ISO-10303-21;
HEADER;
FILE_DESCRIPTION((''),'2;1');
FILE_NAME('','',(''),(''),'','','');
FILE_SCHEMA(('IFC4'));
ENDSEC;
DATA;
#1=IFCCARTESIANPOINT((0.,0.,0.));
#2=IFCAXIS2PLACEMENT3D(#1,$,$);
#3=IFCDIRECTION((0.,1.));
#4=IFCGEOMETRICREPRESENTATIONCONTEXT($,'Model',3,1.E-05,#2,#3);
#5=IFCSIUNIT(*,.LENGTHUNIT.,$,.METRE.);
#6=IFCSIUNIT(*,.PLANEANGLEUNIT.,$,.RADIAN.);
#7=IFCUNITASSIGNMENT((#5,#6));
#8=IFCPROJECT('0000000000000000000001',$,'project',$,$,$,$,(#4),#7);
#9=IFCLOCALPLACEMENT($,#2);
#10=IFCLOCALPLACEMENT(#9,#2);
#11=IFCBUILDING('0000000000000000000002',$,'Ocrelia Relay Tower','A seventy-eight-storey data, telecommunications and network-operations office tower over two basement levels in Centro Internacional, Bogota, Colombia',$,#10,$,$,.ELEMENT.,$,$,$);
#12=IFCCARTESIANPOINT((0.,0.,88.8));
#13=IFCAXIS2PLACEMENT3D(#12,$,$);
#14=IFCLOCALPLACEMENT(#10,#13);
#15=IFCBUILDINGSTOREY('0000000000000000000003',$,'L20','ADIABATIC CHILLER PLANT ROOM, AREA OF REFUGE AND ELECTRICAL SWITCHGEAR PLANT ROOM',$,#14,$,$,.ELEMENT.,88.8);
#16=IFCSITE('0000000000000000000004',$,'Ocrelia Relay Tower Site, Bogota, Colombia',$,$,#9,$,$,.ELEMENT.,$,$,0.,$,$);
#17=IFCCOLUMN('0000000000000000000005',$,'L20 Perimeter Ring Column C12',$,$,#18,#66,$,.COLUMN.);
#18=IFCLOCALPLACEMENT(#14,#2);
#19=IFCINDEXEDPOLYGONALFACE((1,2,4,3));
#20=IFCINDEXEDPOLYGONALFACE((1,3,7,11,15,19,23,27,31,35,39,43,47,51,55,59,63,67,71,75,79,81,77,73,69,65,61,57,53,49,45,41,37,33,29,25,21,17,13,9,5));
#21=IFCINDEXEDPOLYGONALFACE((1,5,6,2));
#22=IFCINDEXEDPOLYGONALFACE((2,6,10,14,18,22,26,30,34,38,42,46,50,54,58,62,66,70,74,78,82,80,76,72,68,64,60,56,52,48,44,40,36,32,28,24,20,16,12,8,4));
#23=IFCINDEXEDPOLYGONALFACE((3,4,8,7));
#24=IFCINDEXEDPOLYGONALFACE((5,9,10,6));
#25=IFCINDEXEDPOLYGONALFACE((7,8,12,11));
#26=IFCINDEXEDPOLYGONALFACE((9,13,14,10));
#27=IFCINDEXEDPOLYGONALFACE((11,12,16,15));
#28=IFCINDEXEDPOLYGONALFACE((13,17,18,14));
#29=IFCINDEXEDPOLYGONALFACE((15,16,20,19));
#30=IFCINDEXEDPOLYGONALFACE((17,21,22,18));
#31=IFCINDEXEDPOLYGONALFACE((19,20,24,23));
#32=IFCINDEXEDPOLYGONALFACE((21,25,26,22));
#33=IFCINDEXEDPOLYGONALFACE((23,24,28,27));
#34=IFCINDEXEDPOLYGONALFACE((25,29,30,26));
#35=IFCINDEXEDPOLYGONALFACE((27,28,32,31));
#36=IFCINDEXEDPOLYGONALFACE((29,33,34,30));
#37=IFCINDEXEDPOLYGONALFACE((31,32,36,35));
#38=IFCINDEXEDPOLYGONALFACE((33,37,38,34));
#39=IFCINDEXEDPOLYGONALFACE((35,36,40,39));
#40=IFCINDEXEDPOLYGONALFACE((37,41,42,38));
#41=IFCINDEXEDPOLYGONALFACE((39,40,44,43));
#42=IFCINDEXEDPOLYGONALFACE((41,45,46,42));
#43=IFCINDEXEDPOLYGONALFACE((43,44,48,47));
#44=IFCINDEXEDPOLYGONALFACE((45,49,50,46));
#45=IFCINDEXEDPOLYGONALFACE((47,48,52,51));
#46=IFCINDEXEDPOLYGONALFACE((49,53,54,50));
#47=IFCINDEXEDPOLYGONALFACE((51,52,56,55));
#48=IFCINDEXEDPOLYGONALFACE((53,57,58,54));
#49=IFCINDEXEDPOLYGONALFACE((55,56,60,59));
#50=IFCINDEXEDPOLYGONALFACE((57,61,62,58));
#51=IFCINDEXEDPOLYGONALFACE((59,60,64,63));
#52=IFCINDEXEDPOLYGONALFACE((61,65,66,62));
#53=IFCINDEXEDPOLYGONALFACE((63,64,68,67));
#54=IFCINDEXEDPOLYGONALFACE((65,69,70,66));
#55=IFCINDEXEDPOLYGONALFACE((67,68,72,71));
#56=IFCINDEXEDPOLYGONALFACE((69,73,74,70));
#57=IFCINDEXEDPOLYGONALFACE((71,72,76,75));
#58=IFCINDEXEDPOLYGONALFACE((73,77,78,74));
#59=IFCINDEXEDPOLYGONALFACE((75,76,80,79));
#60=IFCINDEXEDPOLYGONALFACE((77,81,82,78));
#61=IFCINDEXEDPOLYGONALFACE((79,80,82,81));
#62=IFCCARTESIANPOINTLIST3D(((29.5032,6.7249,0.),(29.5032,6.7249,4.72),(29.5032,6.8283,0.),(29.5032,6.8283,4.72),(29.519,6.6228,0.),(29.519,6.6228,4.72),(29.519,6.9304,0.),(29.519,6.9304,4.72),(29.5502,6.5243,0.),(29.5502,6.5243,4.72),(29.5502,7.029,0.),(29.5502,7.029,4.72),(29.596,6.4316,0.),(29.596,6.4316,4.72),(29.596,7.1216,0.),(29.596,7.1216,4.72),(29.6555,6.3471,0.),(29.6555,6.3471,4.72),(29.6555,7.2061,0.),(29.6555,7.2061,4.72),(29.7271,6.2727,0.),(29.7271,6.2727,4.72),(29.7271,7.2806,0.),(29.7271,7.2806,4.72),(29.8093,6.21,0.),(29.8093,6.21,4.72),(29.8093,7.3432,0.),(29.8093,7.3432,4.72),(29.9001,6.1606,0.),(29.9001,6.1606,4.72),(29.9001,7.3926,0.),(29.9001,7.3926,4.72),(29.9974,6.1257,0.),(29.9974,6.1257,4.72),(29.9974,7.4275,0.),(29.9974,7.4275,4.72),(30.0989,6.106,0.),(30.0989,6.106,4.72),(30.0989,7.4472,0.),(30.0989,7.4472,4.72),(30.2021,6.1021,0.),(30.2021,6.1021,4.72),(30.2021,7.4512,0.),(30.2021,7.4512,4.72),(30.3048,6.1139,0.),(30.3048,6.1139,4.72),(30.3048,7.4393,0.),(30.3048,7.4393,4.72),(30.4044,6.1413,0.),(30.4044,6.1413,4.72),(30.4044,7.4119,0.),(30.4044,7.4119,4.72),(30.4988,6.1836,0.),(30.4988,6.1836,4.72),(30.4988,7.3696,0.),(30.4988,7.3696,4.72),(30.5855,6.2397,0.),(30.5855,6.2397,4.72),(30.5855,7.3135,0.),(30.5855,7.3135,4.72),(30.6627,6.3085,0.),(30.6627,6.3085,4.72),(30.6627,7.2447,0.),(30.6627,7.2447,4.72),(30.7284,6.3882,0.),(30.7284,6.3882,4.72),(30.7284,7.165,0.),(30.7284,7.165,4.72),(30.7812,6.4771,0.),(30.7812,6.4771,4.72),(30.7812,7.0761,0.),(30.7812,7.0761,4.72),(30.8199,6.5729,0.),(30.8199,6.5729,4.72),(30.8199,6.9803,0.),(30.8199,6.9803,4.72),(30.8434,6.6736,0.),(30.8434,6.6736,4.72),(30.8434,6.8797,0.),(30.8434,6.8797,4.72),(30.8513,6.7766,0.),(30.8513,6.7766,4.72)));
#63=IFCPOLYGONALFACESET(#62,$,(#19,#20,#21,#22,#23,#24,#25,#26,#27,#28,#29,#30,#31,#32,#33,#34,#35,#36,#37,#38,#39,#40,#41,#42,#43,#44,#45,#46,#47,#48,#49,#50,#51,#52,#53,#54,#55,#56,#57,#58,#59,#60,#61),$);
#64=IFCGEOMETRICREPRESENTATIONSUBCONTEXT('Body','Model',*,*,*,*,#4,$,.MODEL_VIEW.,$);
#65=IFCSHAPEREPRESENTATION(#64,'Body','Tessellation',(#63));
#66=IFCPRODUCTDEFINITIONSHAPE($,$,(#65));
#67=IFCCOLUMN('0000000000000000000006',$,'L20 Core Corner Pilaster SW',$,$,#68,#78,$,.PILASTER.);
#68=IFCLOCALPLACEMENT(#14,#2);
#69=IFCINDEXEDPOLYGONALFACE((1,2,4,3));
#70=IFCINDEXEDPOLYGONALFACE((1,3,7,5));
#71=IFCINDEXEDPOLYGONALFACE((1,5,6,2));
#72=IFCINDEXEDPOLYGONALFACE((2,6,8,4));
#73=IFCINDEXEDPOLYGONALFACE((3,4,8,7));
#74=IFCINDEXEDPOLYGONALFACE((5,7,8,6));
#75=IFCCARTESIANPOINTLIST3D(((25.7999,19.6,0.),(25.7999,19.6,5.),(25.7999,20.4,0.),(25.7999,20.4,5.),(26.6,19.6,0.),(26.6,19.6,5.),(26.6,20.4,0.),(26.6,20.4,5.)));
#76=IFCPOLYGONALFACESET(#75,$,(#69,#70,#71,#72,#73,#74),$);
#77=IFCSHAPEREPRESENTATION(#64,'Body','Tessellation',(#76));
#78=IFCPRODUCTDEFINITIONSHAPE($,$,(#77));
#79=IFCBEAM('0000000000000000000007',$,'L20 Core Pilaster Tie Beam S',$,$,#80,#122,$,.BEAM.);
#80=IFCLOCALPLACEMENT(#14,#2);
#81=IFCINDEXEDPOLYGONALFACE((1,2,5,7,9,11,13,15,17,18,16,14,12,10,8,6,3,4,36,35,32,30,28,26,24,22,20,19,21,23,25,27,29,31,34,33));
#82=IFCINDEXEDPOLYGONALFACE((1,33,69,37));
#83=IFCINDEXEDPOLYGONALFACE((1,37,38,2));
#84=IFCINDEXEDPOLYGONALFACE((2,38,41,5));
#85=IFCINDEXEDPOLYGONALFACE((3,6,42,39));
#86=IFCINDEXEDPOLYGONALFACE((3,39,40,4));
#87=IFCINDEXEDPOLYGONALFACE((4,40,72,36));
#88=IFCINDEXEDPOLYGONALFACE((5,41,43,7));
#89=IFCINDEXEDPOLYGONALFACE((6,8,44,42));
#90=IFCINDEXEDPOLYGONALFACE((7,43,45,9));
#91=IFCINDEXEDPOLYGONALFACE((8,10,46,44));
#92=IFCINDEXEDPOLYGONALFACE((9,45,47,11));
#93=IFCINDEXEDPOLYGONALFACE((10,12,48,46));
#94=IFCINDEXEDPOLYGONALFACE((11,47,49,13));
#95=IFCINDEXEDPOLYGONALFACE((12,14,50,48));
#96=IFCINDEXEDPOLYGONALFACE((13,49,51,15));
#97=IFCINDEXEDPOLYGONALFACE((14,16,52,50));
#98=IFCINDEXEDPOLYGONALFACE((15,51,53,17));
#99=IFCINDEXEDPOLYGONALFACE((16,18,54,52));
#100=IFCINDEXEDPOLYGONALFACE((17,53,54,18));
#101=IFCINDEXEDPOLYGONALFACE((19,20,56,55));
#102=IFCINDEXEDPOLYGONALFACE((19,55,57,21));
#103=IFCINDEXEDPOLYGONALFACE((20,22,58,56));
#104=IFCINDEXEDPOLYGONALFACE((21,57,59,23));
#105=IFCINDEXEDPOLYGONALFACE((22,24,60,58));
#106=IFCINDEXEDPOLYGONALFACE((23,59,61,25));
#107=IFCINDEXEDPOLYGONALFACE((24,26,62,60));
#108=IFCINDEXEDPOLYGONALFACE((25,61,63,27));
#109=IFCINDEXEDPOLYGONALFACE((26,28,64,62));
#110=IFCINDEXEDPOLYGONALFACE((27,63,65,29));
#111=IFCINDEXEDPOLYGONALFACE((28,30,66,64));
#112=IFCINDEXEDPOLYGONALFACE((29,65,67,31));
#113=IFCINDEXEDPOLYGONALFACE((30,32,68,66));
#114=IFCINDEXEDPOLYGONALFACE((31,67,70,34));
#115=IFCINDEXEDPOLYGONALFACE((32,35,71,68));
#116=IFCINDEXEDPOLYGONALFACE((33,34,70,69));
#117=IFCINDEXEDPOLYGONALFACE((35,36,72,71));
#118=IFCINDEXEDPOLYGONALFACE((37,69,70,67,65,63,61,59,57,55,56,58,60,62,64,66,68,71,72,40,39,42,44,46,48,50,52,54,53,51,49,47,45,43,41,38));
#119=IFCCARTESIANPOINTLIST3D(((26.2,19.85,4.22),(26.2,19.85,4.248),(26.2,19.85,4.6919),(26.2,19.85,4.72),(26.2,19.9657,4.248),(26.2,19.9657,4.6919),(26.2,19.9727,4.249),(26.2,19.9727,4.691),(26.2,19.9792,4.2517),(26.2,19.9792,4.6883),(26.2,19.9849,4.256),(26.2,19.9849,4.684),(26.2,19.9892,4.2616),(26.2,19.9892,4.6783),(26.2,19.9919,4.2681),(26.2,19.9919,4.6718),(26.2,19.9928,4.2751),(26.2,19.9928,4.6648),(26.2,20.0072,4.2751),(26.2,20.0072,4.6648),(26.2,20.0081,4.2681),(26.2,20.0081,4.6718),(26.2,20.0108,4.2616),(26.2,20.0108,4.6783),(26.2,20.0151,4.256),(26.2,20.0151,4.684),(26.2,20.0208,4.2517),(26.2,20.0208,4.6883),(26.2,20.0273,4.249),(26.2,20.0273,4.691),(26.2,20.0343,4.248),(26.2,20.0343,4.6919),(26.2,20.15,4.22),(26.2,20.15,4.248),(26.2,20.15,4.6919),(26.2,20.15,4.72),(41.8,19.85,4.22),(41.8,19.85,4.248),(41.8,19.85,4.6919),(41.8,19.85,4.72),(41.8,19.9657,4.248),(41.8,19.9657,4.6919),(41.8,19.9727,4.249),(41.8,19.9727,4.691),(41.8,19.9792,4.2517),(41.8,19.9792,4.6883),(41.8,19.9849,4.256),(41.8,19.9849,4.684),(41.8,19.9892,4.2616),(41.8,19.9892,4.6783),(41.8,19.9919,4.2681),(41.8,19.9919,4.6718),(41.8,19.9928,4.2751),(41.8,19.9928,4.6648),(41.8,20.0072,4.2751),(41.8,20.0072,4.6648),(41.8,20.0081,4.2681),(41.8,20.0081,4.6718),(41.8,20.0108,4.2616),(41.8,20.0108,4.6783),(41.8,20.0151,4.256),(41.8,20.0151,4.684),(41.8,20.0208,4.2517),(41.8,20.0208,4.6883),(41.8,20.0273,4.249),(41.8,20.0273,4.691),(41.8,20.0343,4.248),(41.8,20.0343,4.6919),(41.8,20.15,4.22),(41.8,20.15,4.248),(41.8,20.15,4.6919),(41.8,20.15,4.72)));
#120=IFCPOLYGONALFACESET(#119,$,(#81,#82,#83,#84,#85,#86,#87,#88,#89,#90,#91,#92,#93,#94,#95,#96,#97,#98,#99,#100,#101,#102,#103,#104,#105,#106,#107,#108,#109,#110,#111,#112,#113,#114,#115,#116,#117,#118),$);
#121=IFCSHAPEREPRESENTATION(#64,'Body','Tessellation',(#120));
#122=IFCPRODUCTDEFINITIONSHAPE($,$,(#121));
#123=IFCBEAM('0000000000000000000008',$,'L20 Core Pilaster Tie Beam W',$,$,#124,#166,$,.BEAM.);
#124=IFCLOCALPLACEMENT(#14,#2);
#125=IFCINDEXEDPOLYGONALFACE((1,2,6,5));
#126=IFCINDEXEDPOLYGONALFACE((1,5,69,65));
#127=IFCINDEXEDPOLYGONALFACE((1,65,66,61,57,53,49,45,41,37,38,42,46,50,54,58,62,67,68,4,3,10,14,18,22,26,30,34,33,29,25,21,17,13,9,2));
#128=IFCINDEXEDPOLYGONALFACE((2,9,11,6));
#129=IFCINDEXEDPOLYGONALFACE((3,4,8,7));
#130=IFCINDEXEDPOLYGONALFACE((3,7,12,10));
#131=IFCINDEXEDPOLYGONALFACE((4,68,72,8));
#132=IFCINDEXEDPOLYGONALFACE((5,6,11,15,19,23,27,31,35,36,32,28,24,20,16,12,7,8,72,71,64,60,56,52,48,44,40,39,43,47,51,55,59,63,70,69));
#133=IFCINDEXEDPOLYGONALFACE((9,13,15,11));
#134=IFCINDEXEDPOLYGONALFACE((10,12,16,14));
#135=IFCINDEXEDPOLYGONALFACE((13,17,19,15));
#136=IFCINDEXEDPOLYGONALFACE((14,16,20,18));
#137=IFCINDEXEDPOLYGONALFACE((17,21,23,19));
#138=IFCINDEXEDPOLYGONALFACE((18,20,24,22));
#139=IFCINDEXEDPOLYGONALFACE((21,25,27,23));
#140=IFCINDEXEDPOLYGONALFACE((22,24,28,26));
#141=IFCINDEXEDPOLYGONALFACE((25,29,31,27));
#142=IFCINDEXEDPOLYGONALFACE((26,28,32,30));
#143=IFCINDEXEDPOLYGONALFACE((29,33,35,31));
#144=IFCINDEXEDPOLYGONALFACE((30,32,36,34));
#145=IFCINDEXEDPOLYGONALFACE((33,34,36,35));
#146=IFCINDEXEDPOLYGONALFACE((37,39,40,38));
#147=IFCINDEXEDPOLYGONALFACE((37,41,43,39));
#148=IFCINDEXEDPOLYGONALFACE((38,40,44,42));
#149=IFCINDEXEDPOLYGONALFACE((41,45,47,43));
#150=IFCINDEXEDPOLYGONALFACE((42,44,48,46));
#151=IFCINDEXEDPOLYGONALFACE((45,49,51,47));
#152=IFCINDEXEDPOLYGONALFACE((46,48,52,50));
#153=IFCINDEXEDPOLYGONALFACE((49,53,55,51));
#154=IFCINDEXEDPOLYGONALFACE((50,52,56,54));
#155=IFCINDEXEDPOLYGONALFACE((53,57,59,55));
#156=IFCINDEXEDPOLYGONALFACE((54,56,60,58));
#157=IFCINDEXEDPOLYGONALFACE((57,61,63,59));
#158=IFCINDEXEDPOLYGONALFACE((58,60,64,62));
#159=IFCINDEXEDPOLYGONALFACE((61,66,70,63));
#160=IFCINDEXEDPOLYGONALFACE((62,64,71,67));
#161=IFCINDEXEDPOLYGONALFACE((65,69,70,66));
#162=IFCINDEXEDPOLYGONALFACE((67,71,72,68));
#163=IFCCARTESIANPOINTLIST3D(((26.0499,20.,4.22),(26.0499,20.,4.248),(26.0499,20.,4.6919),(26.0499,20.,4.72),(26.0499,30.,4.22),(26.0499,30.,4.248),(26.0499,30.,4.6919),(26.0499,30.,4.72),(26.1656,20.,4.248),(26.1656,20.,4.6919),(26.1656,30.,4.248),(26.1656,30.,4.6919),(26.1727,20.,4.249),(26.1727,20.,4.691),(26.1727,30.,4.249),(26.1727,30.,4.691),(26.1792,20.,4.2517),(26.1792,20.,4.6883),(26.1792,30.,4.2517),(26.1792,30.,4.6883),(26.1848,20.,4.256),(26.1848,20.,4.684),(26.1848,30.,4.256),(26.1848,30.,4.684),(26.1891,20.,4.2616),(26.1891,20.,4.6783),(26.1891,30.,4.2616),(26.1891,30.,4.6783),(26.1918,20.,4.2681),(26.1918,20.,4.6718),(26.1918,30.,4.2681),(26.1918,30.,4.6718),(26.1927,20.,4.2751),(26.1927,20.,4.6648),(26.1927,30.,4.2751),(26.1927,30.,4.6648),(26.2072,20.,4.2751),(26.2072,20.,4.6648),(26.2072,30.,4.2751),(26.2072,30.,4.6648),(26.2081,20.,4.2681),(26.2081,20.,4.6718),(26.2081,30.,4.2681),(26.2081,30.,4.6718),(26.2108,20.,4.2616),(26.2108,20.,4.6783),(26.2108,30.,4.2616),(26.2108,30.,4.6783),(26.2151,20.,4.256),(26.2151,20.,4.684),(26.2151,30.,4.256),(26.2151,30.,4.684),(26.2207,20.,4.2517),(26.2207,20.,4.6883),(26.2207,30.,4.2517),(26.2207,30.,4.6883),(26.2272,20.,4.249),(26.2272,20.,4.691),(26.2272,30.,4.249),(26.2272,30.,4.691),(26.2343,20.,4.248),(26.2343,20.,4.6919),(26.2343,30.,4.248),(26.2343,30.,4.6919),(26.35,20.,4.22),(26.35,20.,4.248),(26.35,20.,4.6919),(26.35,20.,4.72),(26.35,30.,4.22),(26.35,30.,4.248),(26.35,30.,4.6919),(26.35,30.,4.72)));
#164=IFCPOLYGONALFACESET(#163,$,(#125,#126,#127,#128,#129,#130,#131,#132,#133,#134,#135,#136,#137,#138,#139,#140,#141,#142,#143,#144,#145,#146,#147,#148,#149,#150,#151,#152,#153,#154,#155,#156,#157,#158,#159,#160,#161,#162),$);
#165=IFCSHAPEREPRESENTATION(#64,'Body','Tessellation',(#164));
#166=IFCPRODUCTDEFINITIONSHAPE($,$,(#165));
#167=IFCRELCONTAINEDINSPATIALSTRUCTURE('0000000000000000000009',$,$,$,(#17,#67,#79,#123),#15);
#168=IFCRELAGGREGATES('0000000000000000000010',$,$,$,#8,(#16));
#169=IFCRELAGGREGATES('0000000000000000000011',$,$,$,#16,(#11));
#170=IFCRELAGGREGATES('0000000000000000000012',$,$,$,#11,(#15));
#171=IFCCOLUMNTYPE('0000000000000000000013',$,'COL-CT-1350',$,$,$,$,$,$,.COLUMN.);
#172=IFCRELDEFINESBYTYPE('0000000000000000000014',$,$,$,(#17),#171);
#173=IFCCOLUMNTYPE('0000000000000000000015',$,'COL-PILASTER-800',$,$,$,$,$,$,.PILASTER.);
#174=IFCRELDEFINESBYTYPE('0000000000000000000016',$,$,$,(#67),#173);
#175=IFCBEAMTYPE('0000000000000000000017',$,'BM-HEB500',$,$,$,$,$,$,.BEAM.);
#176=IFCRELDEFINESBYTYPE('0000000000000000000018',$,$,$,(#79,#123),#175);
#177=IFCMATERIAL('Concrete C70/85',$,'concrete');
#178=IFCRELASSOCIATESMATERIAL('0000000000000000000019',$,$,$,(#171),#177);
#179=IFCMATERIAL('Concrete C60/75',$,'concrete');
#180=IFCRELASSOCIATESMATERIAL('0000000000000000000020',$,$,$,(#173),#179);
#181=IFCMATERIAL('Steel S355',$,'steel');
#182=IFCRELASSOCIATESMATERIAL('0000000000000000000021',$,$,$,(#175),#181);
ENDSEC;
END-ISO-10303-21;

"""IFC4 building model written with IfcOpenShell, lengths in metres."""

from ifc_helpers import new_model, si_unit, direction, frame, origin, origin_2d, place, context, subcontext, project, spatial, rectangle, circle, i_section, extrude, material, material_profile, profile_set, type_object, element, save


model = new_model("IFC4")

# Units and contexts
model_context = context("Model", 3, precision=1e-05, world=origin(), true_north=direction((0.0, 1.0)))
body_context = subcontext(model_context, "Body", "Model", "MODEL_VIEW")
ifc_project = project(units=[si_unit("LENGTHUNIT", "METRE"), si_unit("PLANEANGLEUNIT", "RADIAN")], contexts=[model_context])

# Site, building, storey
site_placement = place(None, origin())
site = spatial("IfcSite", under=ifc_project, at=site_placement, Name="Ocrelia Relay Tower Site, Bogota, Colombia", CompositionType="ELEMENT", RefElevation=0.0)
building_placement = place(site_placement, origin())
building = spatial("IfcBuilding", under=site, at=building_placement, Name="Ocrelia Relay Tower", Description="A seventy-eight-storey data, telecommunications and network-operations office tower over two basement levels in Centro Internacional, Bogota, Colombia", CompositionType="ELEMENT")
storey_placement = place(building_placement, frame((0.0, 0.0, 88.8)))
storey = spatial("IfcBuildingStorey", under=building, at=storey_placement, Name="L20", Description="ADIABATIC CHILLER PLANT ROOM, AREA OF REFUGE AND ELECTRICAL SWITCHGEAR PLANT ROOM", CompositionType="ELEMENT", Elevation=88.8)

# Columns
ifc_material_1 = material(Name="Concrete C70/85", Category="concrete")
ifc_material_profile_1 = material_profile(ifc_material_1, circle(Radius=0.675, at=origin_2d()), Name="RC-CIR-1350")
ifc_profile_set_1 = profile_set([ifc_material_profile_1], Name="Concrete C70/85")
column_type_1 = type_object("IfcColumnType", Name="COL-CT-1350", PredefinedType="COLUMN", material=ifc_profile_set_1)
column_1_placement = place(storey_placement, frame((30.1763, 6.7766, 0.0), z_axis=(0.0, 0.0, 1.0), x_axis=(1.0, 0.0, 0.0)))
element("IfcColumn", 1, at=column_1_placement, inside=storey, type_object=column_type_1, Name="L20 Perimeter Ring Column C12", PredefinedType="COLUMN", context=body_context, shape_type="SweptSolid", body=[
    extrude(circle(Radius=0.675, at=origin_2d()), origin(), (0.0, 0.0, 1.0), 4.72),
])
ifc_material_2 = material(Name="Concrete C60/75", Category="concrete")
ifc_material_profile_2 = material_profile(ifc_material_2, rectangle(XDim=0.8, YDim=0.8, at=origin_2d()), Name="RC-COL-800x800")
ifc_profile_set_2 = profile_set([ifc_material_profile_2], Name="Concrete C60/75")
column_type_2 = type_object("IfcColumnType", Name="COL-PILASTER-800", PredefinedType="PILASTER", material=ifc_profile_set_2)
column_2_placement = place(storey_placement, frame((26.2, 20.0, 0.0), z_axis=(0.0, 0.0, 1.0), x_axis=(1.0, 0.0, 0.0)))
element("IfcColumn", 2, at=column_2_placement, inside=storey, type_object=column_type_2, Name="L20 Core Corner Pilaster SW", PredefinedType="PILASTER", context=body_context, shape_type="SweptSolid", body=[
    extrude(rectangle(XDim=0.8, YDim=0.8, at=origin_2d()), origin(), (0.0, 0.0, 1.0), 5.0),
])

# Beams
ifc_material_3 = material(Name="Steel S355", Category="steel")
ifc_material_profile_3 = material_profile(ifc_material_3, i_section(OverallWidth=0.3, OverallDepth=0.5, WebThickness=0.0144, FlangeThickness=0.0281, FilletRadius=0.0271, at=origin_2d()), Name="HEB 500")
ifc_profile_set_3 = profile_set([ifc_material_profile_3], Name="Steel S355")
beam_type_1 = type_object("IfcBeamType", Name="BM-HEB500", PredefinedType="BEAM", material=ifc_profile_set_3)
beam_1_placement = place(storey_placement, frame((26.2, 20.0, 4.47), z_axis=(1.0, 0.0, 0.0), x_axis=(0.0, 1.0, 0.0)))
element("IfcBeam", 3, at=beam_1_placement, inside=storey, type_object=beam_type_1, Name="L20 Core Pilaster Tie Beam S", PredefinedType="BEAM", context=body_context, shape_type="SweptSolid", body=[
    extrude(i_section(OverallWidth=0.3, OverallDepth=0.5, WebThickness=0.0144, FlangeThickness=0.0281, FilletRadius=0.0271, at=origin_2d()), origin(), (0.0, 0.0, 1.0), 15.6001),
])
beam_2_placement = place(storey_placement, frame((26.2, 20.0, 4.47), z_axis=(0.0, 1.0, 0.0), x_axis=(-1.0, 0.0, 0.0)))
element("IfcBeam", 4, at=beam_2_placement, inside=storey, type_object=beam_type_1, Name="L20 Core Pilaster Tie Beam W", PredefinedType="BEAM", context=body_context, shape_type="SweptSolid", body=[
    extrude(i_section(OverallWidth=0.3, OverallDepth=0.5, WebThickness=0.0144, FlangeThickness=0.0281, FilletRadius=0.0271, at=origin_2d()), origin(), (0.0, 0.0, 1.0), 10.0),
])

save(model, "model.ifc")
